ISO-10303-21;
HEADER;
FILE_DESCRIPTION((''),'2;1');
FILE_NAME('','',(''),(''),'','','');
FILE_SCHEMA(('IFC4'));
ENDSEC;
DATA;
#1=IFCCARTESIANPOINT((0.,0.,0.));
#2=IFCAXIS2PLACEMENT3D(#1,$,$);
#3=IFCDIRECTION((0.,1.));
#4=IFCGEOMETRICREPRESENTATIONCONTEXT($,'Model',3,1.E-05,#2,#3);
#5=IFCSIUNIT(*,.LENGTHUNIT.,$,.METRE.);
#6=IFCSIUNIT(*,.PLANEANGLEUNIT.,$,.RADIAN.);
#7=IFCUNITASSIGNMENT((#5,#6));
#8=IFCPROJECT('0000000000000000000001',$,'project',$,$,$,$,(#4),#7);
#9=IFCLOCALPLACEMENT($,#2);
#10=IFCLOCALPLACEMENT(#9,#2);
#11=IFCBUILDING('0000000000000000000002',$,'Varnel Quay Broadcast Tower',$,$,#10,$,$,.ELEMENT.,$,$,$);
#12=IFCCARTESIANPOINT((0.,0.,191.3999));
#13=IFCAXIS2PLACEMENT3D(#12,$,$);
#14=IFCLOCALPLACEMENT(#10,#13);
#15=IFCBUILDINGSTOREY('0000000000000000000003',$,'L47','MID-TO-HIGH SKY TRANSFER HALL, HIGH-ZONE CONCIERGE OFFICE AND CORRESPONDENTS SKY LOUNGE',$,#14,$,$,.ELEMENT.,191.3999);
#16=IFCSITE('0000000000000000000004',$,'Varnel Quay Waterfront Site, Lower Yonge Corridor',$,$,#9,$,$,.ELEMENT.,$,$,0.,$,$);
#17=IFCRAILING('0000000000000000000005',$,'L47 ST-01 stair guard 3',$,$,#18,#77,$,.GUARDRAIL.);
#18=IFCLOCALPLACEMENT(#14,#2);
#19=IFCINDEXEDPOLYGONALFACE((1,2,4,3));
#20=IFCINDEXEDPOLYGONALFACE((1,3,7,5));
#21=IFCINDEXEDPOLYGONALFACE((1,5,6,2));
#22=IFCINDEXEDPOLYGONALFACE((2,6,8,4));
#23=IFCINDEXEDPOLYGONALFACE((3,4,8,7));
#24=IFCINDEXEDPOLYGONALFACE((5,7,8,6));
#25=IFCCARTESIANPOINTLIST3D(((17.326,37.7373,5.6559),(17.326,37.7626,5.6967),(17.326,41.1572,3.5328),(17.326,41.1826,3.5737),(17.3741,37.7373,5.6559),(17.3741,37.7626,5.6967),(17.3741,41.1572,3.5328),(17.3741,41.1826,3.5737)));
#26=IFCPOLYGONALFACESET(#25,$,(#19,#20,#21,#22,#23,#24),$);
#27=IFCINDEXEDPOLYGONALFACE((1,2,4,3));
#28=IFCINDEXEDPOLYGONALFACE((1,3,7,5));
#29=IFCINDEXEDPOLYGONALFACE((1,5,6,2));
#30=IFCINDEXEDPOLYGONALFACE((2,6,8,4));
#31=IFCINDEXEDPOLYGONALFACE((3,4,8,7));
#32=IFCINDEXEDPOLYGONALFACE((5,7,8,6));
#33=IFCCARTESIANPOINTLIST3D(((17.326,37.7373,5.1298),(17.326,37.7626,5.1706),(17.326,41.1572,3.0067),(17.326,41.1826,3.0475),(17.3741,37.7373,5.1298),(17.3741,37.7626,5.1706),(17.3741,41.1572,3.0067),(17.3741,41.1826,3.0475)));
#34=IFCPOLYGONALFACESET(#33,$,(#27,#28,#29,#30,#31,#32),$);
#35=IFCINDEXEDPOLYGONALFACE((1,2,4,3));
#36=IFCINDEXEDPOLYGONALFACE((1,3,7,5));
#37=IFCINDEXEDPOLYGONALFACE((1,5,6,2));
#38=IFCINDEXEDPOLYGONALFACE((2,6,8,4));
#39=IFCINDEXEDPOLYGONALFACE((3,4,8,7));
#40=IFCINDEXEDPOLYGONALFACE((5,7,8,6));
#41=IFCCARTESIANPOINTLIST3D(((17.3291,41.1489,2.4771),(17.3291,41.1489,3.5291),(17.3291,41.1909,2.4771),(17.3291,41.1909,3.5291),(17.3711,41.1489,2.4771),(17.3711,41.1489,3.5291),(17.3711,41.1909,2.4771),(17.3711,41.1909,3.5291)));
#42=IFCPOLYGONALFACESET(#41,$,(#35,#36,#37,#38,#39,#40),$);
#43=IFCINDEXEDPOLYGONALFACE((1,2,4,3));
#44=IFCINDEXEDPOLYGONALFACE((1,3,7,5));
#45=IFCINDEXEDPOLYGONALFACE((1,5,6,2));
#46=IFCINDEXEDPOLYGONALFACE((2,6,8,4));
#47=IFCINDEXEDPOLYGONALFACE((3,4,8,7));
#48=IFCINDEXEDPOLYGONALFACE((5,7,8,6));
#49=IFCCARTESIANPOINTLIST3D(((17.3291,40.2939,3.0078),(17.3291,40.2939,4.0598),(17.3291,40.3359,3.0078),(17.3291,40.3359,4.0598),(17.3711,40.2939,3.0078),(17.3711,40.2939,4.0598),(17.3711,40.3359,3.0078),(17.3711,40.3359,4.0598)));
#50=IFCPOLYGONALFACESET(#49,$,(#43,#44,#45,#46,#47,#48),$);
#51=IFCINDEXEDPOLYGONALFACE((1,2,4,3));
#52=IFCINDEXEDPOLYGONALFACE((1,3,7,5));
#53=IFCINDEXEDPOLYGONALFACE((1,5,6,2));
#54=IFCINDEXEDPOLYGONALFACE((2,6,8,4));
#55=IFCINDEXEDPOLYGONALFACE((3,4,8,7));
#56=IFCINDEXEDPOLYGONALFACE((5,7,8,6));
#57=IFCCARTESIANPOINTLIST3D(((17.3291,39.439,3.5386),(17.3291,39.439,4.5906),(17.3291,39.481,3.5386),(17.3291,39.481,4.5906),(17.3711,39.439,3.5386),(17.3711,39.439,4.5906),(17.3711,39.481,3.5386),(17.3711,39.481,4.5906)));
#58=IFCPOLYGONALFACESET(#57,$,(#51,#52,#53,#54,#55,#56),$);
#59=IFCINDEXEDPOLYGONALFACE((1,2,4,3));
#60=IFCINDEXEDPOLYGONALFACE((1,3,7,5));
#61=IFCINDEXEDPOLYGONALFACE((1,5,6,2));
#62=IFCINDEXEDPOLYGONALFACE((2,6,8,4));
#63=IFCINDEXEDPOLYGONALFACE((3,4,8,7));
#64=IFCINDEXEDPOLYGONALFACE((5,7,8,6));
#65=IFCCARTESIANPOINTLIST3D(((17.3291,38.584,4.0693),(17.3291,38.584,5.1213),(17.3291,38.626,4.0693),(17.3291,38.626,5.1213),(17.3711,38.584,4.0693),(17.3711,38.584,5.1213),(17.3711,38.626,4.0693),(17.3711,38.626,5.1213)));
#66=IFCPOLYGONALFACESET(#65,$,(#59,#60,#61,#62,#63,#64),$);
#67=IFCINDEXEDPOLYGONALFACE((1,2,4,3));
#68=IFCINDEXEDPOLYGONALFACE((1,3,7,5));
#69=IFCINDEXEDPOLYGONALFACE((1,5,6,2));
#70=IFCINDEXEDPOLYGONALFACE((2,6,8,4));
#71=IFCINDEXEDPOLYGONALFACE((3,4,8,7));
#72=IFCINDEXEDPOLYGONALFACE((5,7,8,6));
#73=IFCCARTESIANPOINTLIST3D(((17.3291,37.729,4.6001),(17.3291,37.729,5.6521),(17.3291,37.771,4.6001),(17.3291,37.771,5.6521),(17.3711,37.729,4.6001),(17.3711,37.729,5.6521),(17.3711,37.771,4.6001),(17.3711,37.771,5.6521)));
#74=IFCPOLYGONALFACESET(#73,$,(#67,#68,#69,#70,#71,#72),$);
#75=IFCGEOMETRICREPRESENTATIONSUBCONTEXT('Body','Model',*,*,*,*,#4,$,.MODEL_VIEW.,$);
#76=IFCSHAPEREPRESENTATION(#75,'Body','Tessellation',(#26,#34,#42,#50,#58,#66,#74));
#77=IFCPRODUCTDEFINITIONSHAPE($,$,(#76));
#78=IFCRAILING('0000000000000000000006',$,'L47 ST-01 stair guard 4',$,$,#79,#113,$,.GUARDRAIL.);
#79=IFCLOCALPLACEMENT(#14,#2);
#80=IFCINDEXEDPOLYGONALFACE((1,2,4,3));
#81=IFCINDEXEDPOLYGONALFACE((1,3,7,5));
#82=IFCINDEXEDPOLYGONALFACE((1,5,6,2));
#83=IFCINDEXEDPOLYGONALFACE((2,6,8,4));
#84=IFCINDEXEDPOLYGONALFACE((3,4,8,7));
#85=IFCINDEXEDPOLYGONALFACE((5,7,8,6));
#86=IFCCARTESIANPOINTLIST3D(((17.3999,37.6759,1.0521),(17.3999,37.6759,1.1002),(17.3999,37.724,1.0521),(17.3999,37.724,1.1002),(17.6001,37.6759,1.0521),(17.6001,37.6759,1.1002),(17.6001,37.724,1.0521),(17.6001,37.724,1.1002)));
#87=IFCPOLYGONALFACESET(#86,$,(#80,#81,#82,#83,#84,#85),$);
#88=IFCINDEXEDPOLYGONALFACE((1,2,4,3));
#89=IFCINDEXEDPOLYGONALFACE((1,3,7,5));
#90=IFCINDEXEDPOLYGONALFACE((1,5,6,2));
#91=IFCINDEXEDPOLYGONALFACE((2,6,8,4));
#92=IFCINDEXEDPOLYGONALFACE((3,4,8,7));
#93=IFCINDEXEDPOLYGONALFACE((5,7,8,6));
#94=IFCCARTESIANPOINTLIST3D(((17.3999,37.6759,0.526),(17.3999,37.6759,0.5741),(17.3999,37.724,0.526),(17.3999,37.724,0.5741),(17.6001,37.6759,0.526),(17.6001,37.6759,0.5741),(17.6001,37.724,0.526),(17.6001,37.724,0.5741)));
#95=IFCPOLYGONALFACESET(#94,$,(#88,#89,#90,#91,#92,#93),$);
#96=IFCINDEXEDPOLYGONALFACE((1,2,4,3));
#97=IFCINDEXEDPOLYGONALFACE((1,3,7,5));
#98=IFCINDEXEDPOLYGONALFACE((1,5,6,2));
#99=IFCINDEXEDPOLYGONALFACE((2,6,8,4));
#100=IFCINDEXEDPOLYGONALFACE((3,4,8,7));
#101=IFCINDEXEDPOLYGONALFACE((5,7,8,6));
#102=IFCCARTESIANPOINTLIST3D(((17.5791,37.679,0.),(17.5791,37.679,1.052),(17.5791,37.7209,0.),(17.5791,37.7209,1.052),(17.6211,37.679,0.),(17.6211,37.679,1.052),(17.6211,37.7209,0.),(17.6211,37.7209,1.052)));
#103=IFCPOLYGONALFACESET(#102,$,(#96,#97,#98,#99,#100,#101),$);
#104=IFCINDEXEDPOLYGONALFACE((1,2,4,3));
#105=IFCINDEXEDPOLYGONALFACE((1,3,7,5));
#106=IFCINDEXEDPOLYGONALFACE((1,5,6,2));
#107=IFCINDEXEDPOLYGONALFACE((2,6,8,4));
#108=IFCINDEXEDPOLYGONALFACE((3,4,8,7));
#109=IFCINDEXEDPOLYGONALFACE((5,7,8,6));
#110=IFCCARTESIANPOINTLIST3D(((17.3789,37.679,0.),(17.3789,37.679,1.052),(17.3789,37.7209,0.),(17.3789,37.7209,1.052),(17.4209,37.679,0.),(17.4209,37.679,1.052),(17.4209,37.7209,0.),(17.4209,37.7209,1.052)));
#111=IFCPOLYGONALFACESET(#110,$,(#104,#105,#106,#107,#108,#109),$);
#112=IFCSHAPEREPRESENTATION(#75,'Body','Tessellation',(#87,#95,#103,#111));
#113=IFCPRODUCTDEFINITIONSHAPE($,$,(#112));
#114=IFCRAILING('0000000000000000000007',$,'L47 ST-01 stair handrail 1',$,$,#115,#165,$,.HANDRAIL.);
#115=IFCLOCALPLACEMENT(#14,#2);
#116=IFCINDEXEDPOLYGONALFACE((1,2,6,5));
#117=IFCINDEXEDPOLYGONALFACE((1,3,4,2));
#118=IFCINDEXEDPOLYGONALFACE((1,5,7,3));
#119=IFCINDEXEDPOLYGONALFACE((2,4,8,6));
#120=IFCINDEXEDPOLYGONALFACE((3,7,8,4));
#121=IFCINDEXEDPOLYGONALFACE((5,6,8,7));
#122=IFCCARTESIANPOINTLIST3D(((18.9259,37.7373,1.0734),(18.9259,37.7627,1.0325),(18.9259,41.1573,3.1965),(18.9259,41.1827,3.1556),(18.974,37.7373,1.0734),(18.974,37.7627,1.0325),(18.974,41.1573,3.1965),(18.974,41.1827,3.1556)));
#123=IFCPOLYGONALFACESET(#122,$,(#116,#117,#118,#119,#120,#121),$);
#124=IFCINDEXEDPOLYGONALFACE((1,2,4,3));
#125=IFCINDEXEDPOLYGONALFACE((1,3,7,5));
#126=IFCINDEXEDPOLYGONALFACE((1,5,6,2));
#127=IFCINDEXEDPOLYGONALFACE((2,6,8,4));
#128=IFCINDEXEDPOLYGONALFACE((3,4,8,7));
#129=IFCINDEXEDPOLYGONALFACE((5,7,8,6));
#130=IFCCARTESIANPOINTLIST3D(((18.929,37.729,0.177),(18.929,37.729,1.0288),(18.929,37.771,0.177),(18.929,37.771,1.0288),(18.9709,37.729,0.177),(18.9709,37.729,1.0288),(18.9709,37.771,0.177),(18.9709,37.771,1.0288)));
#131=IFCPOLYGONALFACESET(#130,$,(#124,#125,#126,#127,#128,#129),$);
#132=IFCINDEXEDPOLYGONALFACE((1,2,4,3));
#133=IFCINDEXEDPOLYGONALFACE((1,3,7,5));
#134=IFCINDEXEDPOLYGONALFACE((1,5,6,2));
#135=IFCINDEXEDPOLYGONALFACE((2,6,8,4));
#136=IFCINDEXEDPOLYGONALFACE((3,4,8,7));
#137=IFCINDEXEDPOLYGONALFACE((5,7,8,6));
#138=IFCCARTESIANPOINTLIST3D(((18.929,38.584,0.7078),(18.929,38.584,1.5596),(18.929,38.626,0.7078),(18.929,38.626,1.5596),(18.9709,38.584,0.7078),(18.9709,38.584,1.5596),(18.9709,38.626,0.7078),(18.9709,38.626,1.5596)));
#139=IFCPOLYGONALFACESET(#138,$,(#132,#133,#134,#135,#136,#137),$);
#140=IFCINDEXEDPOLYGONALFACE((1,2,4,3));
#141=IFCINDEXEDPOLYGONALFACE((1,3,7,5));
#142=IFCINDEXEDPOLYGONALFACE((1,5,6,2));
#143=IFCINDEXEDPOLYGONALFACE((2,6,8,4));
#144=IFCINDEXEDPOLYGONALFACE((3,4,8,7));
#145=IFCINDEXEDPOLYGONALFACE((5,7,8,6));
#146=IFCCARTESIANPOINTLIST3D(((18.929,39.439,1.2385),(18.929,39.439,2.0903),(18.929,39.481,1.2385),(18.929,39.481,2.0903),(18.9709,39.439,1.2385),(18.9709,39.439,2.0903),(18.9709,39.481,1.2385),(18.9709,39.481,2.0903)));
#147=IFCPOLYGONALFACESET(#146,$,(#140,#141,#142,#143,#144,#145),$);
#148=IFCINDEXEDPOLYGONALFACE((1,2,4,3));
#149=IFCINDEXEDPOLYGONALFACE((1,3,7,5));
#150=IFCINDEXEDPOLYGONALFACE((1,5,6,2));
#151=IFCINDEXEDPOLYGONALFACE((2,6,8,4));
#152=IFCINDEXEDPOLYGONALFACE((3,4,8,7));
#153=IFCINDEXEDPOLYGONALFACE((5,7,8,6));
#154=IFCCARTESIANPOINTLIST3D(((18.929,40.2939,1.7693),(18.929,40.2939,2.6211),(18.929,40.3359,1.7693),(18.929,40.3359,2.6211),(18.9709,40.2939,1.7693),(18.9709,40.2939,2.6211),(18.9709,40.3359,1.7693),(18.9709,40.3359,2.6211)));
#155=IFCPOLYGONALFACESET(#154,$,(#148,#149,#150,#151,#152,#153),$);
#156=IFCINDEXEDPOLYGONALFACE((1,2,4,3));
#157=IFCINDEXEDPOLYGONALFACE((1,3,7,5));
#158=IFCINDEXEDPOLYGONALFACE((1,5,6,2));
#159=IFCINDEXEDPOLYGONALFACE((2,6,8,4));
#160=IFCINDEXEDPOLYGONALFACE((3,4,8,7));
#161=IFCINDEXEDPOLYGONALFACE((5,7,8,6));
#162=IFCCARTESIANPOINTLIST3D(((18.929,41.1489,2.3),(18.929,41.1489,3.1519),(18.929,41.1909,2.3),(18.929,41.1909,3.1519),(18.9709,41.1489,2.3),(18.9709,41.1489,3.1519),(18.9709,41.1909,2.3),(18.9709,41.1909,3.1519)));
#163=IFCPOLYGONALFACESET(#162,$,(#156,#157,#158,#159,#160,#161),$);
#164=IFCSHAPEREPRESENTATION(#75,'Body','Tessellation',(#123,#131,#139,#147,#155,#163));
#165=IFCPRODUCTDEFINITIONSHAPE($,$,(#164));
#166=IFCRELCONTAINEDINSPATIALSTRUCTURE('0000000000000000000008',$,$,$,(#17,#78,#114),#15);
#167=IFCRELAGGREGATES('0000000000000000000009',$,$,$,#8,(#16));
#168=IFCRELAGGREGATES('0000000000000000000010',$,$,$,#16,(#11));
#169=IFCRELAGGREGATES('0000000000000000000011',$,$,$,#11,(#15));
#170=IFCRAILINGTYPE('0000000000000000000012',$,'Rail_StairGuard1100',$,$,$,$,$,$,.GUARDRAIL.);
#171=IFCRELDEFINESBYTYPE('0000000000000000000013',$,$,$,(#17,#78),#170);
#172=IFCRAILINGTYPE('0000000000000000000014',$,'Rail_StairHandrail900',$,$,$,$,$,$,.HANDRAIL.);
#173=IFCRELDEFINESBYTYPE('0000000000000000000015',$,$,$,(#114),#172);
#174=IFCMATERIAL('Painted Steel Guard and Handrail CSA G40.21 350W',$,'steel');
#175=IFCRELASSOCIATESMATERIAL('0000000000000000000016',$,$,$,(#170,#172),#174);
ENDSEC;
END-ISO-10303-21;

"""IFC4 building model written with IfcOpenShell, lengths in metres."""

from ifc_helpers import new_model, si_unit, direction, frame, origin, origin_2d, place, context, subcontext, project, spatial, rectangle, extrude, material, type_object, element, save


model = new_model("IFC4")

# Units and contexts
model_context = context("Model", 3, precision=1e-05, world=origin(), true_north=direction((0.0, 1.0)))
body_context = subcontext(model_context, "Body", "Model", "MODEL_VIEW")
ifc_project = project(units=[si_unit("LENGTHUNIT", "METRE"), si_unit("PLANEANGLEUNIT", "RADIAN")], contexts=[model_context])

# Site, building, storey
site_placement = place(None, origin())
site = spatial("IfcSite", under=ifc_project, at=site_placement, Name="Varnel Quay Waterfront Site, Lower Yonge Corridor", CompositionType="ELEMENT", RefElevation=0.0)
building_placement = place(site_placement, origin())
building = spatial("IfcBuilding", under=site, at=building_placement, Name="Varnel Quay Broadcast Tower", CompositionType="ELEMENT")
storey_placement = place(building_placement, frame((0.0, 0.0, 191.3999)))
storey = spatial("IfcBuildingStorey", under=building, at=storey_placement, Name="L47", Description="MID-TO-HIGH SKY TRANSFER HALL, HIGH-ZONE CONCIERGE OFFICE AND CORRESPONDENTS SKY LOUNGE", CompositionType="ELEMENT", Elevation=191.3999)

# Railings
ifc_material_1 = material(Name="Painted Steel Guard and Handrail CSA G40.21 350W", Category="steel")
railing_type_1 = type_object("IfcRailingType", Name="Rail_StairGuard1100", PredefinedType="GUARDRAIL", material=ifc_material_1)
railing_1_placement = place(storey_placement, frame((17.3501, 41.1699, 2.4771)))
element("IfcRailing", 1, at=railing_1_placement, inside=storey, type_object=railing_type_1, Name="L47 ST-01 stair guard 3", PredefinedType="GUARDRAIL", context=body_context, shape_type="SweptSolid", body=[
    extrude(rectangle(XDim=0.0481, YDim=0.0481, at=origin_2d()), frame((0.0, 0.0, 1.0762), z_axis=(0.0, -0.849603, 0.527423), x_axis=(1.0, 0.0, 0.0)), (0.0, 0.0, 1.0), 4.0254),
    extrude(rectangle(XDim=0.0481, YDim=0.0481, at=origin_2d()), frame((0.0, 0.0, 0.55), z_axis=(0.0, -0.849603, 0.527423), x_axis=(1.0, 0.0, 0.0)), (0.0, 0.0, 1.0), 4.0254),
    extrude(rectangle(XDim=0.042, YDim=0.042, at=origin_2d()), origin(), (0.0, 0.0, 1.0), 1.052),
    extrude(rectangle(XDim=0.042, YDim=0.042, at=origin_2d()), frame((0.0, -0.855, 0.5308)), (0.0, 0.0, 1.0), 1.052),
    extrude(rectangle(XDim=0.042, YDim=0.042, at=origin_2d()), frame((0.0, -1.71, 1.0615)), (0.0, 0.0, 1.0), 1.052),
    extrude(rectangle(XDim=0.042, YDim=0.042, at=origin_2d()), frame((0.0, -2.5649, 1.5923)), (0.0, 0.0, 1.0), 1.052),
    extrude(rectangle(XDim=0.042, YDim=0.042, at=origin_2d()), frame((0.0, -3.4199, 2.123)), (0.0, 0.0, 1.0), 1.052),
])
railing_2_placement = place(storey_placement, frame((17.6001, 37.7, 0.0)))
element("IfcRailing", 2, at=railing_2_placement, inside=storey, type_object=railing_type_1, Name="L47 ST-01 stair guard 4", PredefinedType="GUARDRAIL", context=body_context, shape_type="SweptSolid", body=[
    extrude(rectangle(XDim=0.0481, YDim=0.0481, at=origin_2d()), frame((0.0, 0.0, 1.0762), z_axis=(-1.0, 0.0, 0.0), x_axis=(0.0, -1.0, 0.0)), (0.0, 0.0, 1.0), 0.2002),
    extrude(rectangle(XDim=0.0481, YDim=0.0481, at=origin_2d()), frame((0.0, 0.0, 0.55), z_axis=(-1.0, 0.0, 0.0), x_axis=(0.0, -1.0, 0.0)), (0.0, 0.0, 1.0), 0.2002),
    extrude(rectangle(XDim=0.042, YDim=0.042, at=origin_2d()), origin(), (0.0, 0.0, 1.0), 1.052),
    extrude(rectangle(XDim=0.042, YDim=0.042, at=origin_2d()), frame((-0.2002, 0.0, 0.0)), (0.0, 0.0, 1.0), 1.052),
])
railing_type_2 = type_object("IfcRailingType", Name="Rail_StairHandrail900", PredefinedType="HANDRAIL", material=ifc_material_1)
railing_3_placement = place(storey_placement, frame((18.95, 37.75, 0.177)))
element("IfcRailing", 3, at=railing_3_placement, inside=storey, type_object=railing_type_2, Name="L47 ST-01 stair handrail 1", PredefinedType="HANDRAIL", context=body_context, shape_type="SweptSolid", body=[
    extrude(rectangle(XDim=0.0481, YDim=0.0481, at=origin_2d()), frame((0.0, 0.0, 0.876), z_axis=(0.0, 0.849603, 0.527423), x_axis=(-1.0, 0.0, 0.0)), (0.0, 0.0, 1.0), 4.0254),
    extrude(rectangle(XDim=0.042, YDim=0.042, at=origin_2d()), origin(), (0.0, 0.0, 1.0), 0.8518),
    extrude(rectangle(XDim=0.042, YDim=0.042, at=origin_2d()), frame((0.0, 0.855, 0.5308)), (0.0, 0.0, 1.0), 0.8518),
    extrude(rectangle(XDim=0.042, YDim=0.042, at=origin_2d()), frame((0.0, 1.71, 1.0615)), (0.0, 0.0, 1.0), 0.8518),
    extrude(rectangle(XDim=0.042, YDim=0.042, at=origin_2d()), frame((0.0, 2.5649, 1.5923)), (0.0, 0.0, 1.0), 0.8518),
    extrude(rectangle(XDim=0.042, YDim=0.042, at=origin_2d()), frame((0.0, 3.4199, 2.123)), (0.0, 0.0, 1.0), 0.8518),
])

save(model, "model.ifc")
